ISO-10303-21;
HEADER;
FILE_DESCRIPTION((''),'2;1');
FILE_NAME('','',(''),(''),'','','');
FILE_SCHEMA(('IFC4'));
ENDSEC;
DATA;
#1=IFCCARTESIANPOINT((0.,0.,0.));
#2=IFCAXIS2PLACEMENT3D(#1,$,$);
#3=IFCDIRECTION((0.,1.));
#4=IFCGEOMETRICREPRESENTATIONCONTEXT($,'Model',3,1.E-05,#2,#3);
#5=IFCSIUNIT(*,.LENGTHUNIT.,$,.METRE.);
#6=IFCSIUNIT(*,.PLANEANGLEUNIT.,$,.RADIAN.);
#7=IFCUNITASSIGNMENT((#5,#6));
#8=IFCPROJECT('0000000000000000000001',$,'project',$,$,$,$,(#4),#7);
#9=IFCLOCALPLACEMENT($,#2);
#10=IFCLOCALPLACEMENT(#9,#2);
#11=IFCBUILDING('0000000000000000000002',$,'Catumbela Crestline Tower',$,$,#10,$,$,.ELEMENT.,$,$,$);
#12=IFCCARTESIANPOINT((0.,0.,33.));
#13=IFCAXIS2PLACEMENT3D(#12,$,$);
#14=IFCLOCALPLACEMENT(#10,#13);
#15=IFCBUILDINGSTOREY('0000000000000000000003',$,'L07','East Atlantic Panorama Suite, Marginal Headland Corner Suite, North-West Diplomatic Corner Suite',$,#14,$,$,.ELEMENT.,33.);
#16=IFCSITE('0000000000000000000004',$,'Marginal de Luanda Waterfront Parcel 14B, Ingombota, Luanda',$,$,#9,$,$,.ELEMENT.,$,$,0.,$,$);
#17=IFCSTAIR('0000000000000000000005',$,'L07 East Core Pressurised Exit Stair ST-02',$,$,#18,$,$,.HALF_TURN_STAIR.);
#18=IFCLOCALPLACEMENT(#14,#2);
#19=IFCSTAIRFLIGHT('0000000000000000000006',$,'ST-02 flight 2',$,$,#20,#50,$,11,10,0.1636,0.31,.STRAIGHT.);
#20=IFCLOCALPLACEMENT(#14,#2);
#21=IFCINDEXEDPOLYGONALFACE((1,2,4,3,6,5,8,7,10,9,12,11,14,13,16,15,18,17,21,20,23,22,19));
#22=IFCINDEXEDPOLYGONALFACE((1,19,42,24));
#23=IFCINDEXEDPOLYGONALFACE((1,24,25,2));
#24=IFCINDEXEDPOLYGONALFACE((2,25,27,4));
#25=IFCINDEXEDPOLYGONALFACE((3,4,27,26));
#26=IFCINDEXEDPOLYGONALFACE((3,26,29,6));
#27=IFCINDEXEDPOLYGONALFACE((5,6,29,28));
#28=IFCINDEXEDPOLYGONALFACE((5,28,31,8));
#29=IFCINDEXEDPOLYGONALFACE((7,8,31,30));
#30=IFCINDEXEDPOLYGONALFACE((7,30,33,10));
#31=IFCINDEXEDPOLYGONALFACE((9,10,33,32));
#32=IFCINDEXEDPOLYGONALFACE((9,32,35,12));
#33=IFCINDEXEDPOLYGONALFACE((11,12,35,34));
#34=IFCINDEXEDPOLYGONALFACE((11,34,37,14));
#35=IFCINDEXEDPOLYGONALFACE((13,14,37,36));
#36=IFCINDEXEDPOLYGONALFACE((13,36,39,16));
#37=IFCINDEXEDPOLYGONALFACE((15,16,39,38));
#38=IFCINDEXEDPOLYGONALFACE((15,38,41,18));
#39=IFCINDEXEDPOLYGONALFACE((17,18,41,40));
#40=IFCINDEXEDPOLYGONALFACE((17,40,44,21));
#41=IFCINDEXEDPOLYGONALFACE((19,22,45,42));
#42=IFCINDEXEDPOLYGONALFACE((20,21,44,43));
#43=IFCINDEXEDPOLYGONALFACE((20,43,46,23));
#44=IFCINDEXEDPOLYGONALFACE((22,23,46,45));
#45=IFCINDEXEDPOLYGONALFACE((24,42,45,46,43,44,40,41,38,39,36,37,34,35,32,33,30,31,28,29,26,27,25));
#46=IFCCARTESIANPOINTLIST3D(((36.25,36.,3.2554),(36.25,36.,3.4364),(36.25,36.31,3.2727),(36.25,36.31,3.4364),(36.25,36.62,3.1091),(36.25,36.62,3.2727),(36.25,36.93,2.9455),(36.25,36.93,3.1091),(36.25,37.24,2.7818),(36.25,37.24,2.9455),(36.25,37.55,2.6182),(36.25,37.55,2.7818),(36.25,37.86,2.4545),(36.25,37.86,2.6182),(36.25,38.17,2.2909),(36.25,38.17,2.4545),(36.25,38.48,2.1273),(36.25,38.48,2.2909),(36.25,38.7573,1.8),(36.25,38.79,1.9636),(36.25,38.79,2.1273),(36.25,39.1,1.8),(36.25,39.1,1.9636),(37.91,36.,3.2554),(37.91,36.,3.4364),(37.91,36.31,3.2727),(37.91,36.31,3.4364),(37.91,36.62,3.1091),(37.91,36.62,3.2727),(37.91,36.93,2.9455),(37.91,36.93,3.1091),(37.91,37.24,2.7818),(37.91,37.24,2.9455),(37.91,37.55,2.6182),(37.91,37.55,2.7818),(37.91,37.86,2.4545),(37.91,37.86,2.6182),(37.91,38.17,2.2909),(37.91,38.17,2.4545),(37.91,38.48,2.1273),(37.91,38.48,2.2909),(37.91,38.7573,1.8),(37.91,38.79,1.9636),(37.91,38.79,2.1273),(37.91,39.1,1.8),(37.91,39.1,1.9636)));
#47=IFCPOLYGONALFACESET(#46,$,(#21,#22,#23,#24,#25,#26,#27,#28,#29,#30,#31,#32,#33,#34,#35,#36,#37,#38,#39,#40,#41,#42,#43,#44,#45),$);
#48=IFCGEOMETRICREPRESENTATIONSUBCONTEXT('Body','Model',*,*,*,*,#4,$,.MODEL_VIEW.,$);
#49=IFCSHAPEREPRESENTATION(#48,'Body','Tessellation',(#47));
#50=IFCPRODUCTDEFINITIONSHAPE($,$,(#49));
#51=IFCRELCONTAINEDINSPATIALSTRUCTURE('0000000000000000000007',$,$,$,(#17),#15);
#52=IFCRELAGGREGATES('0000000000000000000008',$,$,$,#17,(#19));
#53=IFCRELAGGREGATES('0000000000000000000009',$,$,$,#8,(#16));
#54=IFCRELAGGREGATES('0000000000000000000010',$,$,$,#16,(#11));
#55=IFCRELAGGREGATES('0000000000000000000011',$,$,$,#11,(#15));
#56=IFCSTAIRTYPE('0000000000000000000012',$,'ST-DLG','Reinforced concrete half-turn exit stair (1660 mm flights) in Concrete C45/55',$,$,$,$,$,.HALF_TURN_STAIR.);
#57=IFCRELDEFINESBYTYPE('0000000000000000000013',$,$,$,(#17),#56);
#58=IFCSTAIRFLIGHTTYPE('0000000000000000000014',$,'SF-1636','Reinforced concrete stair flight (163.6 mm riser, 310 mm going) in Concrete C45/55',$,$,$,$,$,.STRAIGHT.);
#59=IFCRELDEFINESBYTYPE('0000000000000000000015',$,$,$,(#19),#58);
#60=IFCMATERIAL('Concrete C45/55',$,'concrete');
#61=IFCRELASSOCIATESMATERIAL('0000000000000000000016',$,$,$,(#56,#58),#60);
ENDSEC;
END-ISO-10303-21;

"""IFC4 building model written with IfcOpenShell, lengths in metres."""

from ifc_helpers import new_model, si_unit, direction, frame, origin, place, context, subcontext, project, spatial, polyline, outline, extrude, material, type_object, element, aggregate, save


model = new_model("IFC4")

# Units and contexts
model_context = context("Model", 3, precision=1e-05, world=origin(), true_north=direction((0.0, 1.0)))
body_context = subcontext(model_context, "Body", "Model", "MODEL_VIEW")
ifc_project = project(units=[si_unit("LENGTHUNIT", "METRE"), si_unit("PLANEANGLEUNIT", "RADIAN")], contexts=[model_context])

# Site, building, storey
site_placement = place(None, origin())
site = spatial("IfcSite", under=ifc_project, at=site_placement, Name="Marginal de Luanda Waterfront Parcel 14B, Ingombota, Luanda", CompositionType="ELEMENT", RefElevation=0.0)
building_placement = place(site_placement, origin())
building = spatial("IfcBuilding", under=site, at=building_placement, Name="Catumbela Crestline Tower", CompositionType="ELEMENT")
storey_placement = place(building_placement, frame((0.0, 0.0, 33.0)))
storey = spatial("IfcBuildingStorey", under=building, at=storey_placement, Name="L07", Description="East Atlantic Panorama Suite, Marginal Headland Corner Suite, North-West Diplomatic Corner Suite", CompositionType="ELEMENT", Elevation=33.0)

# Stair, stair flight
ifc_material_1 = material(Name="Concrete C45/55", Category="concrete")
stair_type = type_object("IfcStairType", Name="ST-DLG", Description="Reinforced concrete half-turn exit stair (1660 mm flights) in Concrete C45/55", PredefinedType="HALF_TURN_STAIR", material=ifc_material_1)
stair_placement = place(storey_placement, origin())
stair = element("IfcStair", 1, at=stair_placement, inside=storey, type_object=stair_type, Name="L07 East Core Pressurised Exit Stair ST-02", PredefinedType="HALF_TURN_STAIR")
stair_flight_type = type_object("IfcStairFlightType", Name="SF-1636", Description="Reinforced concrete stair flight (163.6 mm riser, 310 mm going) in Concrete C45/55", PredefinedType="STRAIGHT", material=ifc_material_1)
stair_flight_1_placement = place(storey_placement, frame((37.08, 39.1, 1.8), z_axis=(0.0, 0.0, 1.0), x_axis=(0.0, -1.0, 0.0)))
stair_flight_1 = element("IfcStairFlight", 2, at=stair_flight_1_placement, type_object=stair_flight_type, Name="ST-02 flight 2", NumberOfRisers=11, NumberOfTreads=10, PredefinedType="STRAIGHT", RiserHeight=0.1636, TreadLength=0.31, context=body_context, shape_type="SweptSolid", body=[
    extrude(outline(polyline([(0.0, 0.0), (0.0, 0.1636), (0.31, 0.1636), (0.31, 0.3273), (0.62, 0.3273), (0.62, 0.4909), (0.93, 0.4909), (0.93, 0.6545), (1.24, 0.6545), (1.24, 0.8182), (1.55, 0.8182), (1.55, 0.9818), (1.86, 0.9818), (1.86, 1.1455), (2.17, 1.1455), (2.17, 1.3091), (2.48, 1.3091), (2.48, 1.4727), (2.79, 1.4727), (2.79, 1.6364), (3.1, 1.6364), (3.1, 1.8), (3.1, 1.4554), (0.3427, 0.0), (0.0, 0.0)])), frame((0.0, 0.83, 0.0), z_axis=(0.0, -1.0, 0.0), x_axis=(1.0, 0.0, 0.0)), (0.0, 0.0, 1.0), 1.66),
])
aggregate(stair, [stair_flight_1])

save(model, "model.ifc")
